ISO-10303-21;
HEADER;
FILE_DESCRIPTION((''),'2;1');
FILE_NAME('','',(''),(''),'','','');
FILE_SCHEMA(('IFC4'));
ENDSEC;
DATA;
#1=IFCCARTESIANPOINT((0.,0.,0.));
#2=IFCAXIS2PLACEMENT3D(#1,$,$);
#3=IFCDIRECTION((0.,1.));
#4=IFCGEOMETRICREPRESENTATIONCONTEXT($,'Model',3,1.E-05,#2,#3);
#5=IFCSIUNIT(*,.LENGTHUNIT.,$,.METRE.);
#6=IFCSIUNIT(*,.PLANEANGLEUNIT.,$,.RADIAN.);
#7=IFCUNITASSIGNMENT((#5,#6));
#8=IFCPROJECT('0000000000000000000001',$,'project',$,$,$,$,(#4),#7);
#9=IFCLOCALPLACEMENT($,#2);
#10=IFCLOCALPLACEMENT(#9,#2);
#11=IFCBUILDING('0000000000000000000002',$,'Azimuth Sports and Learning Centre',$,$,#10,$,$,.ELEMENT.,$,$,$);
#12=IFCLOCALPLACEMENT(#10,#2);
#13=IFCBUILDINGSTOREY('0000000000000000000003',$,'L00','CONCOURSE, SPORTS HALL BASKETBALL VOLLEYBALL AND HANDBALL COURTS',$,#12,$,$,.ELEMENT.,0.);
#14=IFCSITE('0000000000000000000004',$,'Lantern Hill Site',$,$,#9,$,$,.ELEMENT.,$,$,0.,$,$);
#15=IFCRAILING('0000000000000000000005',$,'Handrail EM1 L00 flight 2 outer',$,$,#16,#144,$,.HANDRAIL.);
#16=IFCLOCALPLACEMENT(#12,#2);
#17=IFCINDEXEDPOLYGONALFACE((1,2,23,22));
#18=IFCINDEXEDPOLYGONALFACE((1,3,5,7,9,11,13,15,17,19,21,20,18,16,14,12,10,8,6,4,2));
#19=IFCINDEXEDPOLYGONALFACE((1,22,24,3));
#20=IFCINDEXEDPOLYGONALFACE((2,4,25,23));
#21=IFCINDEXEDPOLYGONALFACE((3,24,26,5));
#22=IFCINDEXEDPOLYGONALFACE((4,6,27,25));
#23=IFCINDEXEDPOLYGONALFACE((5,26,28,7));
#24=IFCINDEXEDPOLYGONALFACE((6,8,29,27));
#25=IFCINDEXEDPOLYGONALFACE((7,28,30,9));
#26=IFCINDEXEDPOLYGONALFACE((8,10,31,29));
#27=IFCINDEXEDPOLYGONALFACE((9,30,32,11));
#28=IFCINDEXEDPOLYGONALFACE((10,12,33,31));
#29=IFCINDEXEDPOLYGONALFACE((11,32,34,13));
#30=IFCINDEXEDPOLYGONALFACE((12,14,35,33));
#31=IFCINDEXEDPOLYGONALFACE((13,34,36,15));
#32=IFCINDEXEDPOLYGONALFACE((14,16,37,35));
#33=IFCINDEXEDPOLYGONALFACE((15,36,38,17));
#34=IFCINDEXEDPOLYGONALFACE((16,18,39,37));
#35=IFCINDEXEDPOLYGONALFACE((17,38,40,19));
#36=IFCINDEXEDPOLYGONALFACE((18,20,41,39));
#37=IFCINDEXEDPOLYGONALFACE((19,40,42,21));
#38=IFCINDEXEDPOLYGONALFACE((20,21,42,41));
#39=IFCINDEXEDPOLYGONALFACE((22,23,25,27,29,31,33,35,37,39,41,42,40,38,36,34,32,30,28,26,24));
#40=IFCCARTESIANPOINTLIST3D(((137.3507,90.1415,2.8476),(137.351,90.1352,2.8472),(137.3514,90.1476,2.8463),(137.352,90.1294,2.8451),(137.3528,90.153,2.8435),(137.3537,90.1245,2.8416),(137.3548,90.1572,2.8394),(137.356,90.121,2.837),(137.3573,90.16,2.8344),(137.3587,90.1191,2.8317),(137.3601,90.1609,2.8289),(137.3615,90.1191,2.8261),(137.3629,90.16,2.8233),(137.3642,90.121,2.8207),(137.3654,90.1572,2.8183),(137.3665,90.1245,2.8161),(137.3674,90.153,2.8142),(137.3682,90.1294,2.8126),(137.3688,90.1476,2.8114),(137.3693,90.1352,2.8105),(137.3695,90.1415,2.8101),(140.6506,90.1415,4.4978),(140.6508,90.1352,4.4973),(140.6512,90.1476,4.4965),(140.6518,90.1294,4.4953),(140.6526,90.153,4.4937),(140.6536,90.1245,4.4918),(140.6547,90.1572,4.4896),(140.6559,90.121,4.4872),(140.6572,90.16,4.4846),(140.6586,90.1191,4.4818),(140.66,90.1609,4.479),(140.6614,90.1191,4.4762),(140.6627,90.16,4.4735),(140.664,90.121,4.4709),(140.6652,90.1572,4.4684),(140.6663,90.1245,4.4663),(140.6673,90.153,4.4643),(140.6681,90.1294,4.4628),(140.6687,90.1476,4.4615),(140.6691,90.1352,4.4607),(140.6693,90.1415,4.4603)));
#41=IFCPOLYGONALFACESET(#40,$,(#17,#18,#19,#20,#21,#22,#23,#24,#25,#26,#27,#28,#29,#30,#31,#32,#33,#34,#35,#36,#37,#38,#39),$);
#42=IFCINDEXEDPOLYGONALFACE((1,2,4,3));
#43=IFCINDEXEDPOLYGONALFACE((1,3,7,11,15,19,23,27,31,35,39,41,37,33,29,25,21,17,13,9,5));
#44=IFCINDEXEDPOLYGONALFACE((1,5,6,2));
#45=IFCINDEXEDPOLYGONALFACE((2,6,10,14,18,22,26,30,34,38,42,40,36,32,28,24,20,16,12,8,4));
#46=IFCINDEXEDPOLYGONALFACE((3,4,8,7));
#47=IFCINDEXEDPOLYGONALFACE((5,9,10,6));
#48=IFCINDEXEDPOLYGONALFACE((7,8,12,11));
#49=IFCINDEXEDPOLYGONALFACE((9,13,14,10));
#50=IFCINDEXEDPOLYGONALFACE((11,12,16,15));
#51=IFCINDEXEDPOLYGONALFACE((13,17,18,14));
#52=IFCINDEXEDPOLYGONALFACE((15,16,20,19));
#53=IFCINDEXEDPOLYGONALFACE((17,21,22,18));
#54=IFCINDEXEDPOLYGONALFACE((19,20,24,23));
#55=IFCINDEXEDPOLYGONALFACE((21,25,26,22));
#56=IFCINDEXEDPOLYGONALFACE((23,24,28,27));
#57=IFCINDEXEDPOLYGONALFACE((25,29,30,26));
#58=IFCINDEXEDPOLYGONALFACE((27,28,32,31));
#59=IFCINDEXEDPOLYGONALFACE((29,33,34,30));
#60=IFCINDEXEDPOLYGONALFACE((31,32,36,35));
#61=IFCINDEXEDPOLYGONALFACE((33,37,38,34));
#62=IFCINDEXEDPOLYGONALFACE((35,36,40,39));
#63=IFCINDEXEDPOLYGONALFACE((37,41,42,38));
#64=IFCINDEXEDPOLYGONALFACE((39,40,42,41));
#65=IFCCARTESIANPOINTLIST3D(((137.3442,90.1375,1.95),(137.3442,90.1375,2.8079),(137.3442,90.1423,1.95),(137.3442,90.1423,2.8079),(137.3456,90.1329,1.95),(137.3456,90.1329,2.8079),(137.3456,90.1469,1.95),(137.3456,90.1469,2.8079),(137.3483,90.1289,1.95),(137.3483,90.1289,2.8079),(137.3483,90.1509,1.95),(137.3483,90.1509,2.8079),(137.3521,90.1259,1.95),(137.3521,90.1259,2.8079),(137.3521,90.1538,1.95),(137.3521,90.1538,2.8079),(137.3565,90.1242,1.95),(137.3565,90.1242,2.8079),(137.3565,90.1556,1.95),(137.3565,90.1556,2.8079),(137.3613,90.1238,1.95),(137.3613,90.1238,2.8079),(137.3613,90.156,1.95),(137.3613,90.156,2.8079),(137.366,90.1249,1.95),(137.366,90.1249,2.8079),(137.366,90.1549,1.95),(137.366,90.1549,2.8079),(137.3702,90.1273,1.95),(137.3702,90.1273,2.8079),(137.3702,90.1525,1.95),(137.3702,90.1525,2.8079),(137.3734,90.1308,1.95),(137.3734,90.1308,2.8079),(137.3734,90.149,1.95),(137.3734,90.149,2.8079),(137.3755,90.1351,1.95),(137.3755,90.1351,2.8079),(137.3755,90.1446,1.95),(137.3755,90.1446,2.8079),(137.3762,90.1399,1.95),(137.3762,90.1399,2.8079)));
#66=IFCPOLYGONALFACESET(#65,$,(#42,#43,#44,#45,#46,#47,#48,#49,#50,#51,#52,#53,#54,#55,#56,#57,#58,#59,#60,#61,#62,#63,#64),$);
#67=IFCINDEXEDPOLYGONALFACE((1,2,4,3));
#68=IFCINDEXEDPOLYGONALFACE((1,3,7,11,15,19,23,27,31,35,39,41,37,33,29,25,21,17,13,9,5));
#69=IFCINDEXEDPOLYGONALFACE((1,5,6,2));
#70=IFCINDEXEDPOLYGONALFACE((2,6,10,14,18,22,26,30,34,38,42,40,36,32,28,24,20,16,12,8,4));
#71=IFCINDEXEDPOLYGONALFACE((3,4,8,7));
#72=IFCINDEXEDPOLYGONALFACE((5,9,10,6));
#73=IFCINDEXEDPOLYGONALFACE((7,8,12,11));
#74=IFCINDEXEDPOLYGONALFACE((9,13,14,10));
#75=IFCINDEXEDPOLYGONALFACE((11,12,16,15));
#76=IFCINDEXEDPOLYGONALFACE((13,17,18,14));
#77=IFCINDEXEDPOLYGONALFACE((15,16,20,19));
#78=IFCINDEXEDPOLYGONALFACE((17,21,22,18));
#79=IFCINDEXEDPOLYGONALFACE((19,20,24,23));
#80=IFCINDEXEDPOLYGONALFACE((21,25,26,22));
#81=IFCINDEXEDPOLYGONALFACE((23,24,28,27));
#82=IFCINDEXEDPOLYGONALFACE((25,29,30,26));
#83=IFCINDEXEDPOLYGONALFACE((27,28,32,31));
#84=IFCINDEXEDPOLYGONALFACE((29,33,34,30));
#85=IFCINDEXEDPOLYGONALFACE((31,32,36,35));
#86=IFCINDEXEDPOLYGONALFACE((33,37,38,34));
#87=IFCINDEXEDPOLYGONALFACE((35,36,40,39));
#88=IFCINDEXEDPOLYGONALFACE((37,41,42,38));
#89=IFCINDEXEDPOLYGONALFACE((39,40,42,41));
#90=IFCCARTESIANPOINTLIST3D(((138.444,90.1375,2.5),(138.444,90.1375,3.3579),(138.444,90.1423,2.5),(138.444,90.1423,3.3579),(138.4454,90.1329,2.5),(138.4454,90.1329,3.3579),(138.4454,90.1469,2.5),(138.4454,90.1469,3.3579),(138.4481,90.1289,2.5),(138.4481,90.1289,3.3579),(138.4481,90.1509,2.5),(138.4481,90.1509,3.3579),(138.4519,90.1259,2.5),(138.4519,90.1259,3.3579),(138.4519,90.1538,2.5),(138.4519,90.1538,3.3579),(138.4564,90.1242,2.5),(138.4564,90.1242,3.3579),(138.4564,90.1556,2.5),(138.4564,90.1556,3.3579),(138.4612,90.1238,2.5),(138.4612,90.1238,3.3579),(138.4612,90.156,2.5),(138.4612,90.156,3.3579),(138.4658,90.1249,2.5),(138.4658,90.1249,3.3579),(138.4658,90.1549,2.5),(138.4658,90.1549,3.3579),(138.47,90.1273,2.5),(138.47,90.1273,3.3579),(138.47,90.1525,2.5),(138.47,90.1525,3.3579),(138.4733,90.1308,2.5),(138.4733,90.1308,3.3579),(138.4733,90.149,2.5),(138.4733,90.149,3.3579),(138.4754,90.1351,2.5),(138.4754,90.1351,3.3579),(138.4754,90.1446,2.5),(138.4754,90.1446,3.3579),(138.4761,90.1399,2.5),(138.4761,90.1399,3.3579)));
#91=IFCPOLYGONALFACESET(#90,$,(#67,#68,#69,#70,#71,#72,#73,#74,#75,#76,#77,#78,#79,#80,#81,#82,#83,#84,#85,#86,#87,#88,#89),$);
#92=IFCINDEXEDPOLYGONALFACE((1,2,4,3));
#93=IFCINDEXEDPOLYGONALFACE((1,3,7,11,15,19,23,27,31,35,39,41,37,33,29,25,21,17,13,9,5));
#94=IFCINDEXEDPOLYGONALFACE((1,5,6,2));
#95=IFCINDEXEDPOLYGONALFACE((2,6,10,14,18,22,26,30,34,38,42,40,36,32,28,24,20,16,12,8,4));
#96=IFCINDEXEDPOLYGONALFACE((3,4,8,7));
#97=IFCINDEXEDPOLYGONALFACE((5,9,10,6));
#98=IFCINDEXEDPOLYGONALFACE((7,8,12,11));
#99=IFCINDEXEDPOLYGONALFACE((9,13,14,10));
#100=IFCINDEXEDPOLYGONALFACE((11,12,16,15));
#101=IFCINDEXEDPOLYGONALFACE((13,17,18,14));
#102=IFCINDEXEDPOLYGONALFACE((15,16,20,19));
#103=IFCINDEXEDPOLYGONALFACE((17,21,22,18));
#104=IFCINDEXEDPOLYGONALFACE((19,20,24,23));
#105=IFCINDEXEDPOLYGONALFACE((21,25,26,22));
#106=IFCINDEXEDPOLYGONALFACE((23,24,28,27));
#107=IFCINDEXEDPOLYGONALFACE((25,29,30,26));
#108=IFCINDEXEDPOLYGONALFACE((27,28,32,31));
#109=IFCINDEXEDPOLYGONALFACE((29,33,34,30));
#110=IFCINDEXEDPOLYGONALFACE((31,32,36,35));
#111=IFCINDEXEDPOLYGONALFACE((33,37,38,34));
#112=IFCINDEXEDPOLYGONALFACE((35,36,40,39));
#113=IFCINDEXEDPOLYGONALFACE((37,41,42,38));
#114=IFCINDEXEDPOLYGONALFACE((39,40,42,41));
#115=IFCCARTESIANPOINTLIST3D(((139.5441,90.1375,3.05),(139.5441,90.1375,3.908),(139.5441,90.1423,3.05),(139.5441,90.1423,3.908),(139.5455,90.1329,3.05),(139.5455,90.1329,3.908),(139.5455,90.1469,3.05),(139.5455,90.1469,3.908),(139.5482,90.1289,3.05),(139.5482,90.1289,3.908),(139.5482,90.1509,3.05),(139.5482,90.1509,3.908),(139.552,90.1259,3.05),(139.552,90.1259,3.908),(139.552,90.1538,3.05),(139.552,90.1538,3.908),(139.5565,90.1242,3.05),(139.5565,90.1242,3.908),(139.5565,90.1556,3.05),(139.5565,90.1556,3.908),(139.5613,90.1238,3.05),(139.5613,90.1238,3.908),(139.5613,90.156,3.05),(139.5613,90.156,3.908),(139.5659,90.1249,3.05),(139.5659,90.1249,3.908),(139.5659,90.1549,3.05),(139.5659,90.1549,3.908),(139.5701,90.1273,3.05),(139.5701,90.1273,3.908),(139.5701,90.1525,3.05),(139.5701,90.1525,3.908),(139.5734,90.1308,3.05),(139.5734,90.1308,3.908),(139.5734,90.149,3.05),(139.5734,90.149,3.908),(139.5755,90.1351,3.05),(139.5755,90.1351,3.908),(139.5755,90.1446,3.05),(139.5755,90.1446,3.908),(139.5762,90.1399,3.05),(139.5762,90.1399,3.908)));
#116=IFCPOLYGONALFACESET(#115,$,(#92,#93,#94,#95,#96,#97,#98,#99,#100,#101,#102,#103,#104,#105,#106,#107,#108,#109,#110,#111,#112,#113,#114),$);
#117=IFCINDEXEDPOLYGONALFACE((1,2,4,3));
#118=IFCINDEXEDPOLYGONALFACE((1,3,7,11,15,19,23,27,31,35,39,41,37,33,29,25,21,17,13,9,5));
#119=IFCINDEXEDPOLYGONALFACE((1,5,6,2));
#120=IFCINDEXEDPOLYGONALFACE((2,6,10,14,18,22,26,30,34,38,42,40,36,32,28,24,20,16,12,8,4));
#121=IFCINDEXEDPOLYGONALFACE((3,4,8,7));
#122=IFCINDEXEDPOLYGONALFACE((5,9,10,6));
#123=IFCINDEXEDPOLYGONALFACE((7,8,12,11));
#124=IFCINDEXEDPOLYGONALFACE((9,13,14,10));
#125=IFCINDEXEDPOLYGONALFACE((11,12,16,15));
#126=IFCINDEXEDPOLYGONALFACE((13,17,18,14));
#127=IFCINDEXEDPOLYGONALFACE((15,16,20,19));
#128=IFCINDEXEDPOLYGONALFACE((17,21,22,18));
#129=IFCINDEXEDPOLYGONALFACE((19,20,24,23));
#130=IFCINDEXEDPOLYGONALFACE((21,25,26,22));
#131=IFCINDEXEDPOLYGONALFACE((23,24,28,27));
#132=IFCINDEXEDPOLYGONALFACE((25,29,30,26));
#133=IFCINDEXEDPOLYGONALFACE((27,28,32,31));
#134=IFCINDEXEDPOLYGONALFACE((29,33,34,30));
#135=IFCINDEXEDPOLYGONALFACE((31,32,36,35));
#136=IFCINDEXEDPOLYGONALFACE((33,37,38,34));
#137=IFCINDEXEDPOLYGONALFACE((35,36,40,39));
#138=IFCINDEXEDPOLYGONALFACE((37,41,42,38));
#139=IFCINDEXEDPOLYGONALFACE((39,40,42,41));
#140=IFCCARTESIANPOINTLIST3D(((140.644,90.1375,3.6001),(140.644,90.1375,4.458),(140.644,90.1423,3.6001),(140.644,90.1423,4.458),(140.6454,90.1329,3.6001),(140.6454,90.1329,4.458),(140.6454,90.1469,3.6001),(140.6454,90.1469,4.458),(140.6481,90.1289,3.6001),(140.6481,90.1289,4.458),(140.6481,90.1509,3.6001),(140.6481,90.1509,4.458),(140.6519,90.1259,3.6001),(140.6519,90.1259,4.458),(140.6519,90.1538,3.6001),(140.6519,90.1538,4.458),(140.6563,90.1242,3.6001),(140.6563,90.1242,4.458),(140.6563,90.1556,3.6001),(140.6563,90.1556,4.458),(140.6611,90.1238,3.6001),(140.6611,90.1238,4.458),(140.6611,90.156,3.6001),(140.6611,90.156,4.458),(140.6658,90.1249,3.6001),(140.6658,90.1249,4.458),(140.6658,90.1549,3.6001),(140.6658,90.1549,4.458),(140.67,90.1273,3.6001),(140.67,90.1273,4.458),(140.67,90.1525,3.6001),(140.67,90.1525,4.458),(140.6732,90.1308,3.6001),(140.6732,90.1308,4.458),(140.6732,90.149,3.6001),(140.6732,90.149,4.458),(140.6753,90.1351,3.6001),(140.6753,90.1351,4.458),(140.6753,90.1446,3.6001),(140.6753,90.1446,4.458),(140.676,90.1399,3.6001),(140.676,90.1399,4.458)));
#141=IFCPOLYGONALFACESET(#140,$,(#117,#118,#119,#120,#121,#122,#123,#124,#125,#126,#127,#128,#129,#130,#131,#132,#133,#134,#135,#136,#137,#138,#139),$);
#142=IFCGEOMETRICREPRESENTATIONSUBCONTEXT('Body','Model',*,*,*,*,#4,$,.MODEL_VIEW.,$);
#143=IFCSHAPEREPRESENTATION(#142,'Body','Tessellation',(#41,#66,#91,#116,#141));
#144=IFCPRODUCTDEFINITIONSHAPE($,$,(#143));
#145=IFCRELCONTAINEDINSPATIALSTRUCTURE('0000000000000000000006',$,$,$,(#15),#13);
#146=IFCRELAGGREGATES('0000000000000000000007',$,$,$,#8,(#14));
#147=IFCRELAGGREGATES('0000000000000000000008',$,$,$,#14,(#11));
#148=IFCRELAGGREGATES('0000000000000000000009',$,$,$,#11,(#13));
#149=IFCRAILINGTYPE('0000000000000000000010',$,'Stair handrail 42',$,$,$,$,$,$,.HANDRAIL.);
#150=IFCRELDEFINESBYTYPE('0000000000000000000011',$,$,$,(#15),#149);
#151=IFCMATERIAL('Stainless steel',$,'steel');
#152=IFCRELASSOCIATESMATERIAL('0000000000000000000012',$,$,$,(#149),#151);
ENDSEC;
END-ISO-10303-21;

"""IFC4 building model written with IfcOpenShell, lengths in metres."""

from ifc_helpers import new_model, si_unit, direction, frame, origin, origin_2d, place, context, subcontext, project, spatial, circle, extrude, material, type_object, element, save


model = new_model("IFC4")

# Units and contexts
model_context = context("Model", 3, precision=1e-05, world=origin(), true_north=direction((0.0, 1.0)))
body_context = subcontext(model_context, "Body", "Model", "MODEL_VIEW")
ifc_project = project(units=[si_unit("LENGTHUNIT", "METRE"), si_unit("PLANEANGLEUNIT", "RADIAN")], contexts=[model_context])

# Site, building, storey
site_placement = place(None, origin())
site = spatial("IfcSite", under=ifc_project, at=site_placement, Name="Lantern Hill Site", CompositionType="ELEMENT", RefElevation=0.0)
building_placement = place(site_placement, origin())
building = spatial("IfcBuilding", under=site, at=building_placement, Name="Azimuth Sports and Learning Centre", CompositionType="ELEMENT")
storey_placement = place(building_placement, origin())
storey = spatial("IfcBuildingStorey", under=building, at=storey_placement, Name="L00", Description="CONCOURSE, SPORTS HALL BASKETBALL VOLLEYBALL AND HANDBALL COURTS", CompositionType="ELEMENT", Elevation=0.0)

# Railing
ifc_material_1 = material(Name="Stainless steel", Category="steel")
railing_type_1 = type_object("IfcRailingType", Name="Stair handrail 42", PredefinedType="HANDRAIL", material=ifc_material_1)
for number, where, name in (
    (1, (137.3601, 90.1399, 1.95), "Handrail EM1 L00 flight 2 outer"),
):
    element("IfcRailing", number, at=place(storey_placement, frame(where)), inside=storey, type_object=railing_type_1, Name=name, PredefinedType="HANDRAIL", context=body_context, shape_type="SweptSolid", body=[
        extrude(circle(Radius=0.021, at=origin_2d()), frame((0.0, 0.0, 0.8789), z_axis=(0.894401, 0.0, 0.447267), x_axis=(0.0, 1.0, 0.0)), (0.0, 0.0, 1.0), 3.6895),
        extrude(circle(Radius=0.0161, at=origin_2d()), origin(), (0.0, 0.0, 1.0), 0.8579),
        extrude(circle(Radius=0.0161, at=origin_2d()), frame((1.0999, 0.0, 0.55)), (0.0, 0.0, 1.0), 0.8579),
        extrude(circle(Radius=0.0161, at=origin_2d()), frame((2.2, 0.0, 1.1001)), (0.0, 0.0, 1.0), 0.8579),
        extrude(circle(Radius=0.0161, at=origin_2d()), frame((3.2998, 0.0, 1.6501)), (0.0, 0.0, 1.0), 0.8579),
    ])

save(model, "model.ifc")
